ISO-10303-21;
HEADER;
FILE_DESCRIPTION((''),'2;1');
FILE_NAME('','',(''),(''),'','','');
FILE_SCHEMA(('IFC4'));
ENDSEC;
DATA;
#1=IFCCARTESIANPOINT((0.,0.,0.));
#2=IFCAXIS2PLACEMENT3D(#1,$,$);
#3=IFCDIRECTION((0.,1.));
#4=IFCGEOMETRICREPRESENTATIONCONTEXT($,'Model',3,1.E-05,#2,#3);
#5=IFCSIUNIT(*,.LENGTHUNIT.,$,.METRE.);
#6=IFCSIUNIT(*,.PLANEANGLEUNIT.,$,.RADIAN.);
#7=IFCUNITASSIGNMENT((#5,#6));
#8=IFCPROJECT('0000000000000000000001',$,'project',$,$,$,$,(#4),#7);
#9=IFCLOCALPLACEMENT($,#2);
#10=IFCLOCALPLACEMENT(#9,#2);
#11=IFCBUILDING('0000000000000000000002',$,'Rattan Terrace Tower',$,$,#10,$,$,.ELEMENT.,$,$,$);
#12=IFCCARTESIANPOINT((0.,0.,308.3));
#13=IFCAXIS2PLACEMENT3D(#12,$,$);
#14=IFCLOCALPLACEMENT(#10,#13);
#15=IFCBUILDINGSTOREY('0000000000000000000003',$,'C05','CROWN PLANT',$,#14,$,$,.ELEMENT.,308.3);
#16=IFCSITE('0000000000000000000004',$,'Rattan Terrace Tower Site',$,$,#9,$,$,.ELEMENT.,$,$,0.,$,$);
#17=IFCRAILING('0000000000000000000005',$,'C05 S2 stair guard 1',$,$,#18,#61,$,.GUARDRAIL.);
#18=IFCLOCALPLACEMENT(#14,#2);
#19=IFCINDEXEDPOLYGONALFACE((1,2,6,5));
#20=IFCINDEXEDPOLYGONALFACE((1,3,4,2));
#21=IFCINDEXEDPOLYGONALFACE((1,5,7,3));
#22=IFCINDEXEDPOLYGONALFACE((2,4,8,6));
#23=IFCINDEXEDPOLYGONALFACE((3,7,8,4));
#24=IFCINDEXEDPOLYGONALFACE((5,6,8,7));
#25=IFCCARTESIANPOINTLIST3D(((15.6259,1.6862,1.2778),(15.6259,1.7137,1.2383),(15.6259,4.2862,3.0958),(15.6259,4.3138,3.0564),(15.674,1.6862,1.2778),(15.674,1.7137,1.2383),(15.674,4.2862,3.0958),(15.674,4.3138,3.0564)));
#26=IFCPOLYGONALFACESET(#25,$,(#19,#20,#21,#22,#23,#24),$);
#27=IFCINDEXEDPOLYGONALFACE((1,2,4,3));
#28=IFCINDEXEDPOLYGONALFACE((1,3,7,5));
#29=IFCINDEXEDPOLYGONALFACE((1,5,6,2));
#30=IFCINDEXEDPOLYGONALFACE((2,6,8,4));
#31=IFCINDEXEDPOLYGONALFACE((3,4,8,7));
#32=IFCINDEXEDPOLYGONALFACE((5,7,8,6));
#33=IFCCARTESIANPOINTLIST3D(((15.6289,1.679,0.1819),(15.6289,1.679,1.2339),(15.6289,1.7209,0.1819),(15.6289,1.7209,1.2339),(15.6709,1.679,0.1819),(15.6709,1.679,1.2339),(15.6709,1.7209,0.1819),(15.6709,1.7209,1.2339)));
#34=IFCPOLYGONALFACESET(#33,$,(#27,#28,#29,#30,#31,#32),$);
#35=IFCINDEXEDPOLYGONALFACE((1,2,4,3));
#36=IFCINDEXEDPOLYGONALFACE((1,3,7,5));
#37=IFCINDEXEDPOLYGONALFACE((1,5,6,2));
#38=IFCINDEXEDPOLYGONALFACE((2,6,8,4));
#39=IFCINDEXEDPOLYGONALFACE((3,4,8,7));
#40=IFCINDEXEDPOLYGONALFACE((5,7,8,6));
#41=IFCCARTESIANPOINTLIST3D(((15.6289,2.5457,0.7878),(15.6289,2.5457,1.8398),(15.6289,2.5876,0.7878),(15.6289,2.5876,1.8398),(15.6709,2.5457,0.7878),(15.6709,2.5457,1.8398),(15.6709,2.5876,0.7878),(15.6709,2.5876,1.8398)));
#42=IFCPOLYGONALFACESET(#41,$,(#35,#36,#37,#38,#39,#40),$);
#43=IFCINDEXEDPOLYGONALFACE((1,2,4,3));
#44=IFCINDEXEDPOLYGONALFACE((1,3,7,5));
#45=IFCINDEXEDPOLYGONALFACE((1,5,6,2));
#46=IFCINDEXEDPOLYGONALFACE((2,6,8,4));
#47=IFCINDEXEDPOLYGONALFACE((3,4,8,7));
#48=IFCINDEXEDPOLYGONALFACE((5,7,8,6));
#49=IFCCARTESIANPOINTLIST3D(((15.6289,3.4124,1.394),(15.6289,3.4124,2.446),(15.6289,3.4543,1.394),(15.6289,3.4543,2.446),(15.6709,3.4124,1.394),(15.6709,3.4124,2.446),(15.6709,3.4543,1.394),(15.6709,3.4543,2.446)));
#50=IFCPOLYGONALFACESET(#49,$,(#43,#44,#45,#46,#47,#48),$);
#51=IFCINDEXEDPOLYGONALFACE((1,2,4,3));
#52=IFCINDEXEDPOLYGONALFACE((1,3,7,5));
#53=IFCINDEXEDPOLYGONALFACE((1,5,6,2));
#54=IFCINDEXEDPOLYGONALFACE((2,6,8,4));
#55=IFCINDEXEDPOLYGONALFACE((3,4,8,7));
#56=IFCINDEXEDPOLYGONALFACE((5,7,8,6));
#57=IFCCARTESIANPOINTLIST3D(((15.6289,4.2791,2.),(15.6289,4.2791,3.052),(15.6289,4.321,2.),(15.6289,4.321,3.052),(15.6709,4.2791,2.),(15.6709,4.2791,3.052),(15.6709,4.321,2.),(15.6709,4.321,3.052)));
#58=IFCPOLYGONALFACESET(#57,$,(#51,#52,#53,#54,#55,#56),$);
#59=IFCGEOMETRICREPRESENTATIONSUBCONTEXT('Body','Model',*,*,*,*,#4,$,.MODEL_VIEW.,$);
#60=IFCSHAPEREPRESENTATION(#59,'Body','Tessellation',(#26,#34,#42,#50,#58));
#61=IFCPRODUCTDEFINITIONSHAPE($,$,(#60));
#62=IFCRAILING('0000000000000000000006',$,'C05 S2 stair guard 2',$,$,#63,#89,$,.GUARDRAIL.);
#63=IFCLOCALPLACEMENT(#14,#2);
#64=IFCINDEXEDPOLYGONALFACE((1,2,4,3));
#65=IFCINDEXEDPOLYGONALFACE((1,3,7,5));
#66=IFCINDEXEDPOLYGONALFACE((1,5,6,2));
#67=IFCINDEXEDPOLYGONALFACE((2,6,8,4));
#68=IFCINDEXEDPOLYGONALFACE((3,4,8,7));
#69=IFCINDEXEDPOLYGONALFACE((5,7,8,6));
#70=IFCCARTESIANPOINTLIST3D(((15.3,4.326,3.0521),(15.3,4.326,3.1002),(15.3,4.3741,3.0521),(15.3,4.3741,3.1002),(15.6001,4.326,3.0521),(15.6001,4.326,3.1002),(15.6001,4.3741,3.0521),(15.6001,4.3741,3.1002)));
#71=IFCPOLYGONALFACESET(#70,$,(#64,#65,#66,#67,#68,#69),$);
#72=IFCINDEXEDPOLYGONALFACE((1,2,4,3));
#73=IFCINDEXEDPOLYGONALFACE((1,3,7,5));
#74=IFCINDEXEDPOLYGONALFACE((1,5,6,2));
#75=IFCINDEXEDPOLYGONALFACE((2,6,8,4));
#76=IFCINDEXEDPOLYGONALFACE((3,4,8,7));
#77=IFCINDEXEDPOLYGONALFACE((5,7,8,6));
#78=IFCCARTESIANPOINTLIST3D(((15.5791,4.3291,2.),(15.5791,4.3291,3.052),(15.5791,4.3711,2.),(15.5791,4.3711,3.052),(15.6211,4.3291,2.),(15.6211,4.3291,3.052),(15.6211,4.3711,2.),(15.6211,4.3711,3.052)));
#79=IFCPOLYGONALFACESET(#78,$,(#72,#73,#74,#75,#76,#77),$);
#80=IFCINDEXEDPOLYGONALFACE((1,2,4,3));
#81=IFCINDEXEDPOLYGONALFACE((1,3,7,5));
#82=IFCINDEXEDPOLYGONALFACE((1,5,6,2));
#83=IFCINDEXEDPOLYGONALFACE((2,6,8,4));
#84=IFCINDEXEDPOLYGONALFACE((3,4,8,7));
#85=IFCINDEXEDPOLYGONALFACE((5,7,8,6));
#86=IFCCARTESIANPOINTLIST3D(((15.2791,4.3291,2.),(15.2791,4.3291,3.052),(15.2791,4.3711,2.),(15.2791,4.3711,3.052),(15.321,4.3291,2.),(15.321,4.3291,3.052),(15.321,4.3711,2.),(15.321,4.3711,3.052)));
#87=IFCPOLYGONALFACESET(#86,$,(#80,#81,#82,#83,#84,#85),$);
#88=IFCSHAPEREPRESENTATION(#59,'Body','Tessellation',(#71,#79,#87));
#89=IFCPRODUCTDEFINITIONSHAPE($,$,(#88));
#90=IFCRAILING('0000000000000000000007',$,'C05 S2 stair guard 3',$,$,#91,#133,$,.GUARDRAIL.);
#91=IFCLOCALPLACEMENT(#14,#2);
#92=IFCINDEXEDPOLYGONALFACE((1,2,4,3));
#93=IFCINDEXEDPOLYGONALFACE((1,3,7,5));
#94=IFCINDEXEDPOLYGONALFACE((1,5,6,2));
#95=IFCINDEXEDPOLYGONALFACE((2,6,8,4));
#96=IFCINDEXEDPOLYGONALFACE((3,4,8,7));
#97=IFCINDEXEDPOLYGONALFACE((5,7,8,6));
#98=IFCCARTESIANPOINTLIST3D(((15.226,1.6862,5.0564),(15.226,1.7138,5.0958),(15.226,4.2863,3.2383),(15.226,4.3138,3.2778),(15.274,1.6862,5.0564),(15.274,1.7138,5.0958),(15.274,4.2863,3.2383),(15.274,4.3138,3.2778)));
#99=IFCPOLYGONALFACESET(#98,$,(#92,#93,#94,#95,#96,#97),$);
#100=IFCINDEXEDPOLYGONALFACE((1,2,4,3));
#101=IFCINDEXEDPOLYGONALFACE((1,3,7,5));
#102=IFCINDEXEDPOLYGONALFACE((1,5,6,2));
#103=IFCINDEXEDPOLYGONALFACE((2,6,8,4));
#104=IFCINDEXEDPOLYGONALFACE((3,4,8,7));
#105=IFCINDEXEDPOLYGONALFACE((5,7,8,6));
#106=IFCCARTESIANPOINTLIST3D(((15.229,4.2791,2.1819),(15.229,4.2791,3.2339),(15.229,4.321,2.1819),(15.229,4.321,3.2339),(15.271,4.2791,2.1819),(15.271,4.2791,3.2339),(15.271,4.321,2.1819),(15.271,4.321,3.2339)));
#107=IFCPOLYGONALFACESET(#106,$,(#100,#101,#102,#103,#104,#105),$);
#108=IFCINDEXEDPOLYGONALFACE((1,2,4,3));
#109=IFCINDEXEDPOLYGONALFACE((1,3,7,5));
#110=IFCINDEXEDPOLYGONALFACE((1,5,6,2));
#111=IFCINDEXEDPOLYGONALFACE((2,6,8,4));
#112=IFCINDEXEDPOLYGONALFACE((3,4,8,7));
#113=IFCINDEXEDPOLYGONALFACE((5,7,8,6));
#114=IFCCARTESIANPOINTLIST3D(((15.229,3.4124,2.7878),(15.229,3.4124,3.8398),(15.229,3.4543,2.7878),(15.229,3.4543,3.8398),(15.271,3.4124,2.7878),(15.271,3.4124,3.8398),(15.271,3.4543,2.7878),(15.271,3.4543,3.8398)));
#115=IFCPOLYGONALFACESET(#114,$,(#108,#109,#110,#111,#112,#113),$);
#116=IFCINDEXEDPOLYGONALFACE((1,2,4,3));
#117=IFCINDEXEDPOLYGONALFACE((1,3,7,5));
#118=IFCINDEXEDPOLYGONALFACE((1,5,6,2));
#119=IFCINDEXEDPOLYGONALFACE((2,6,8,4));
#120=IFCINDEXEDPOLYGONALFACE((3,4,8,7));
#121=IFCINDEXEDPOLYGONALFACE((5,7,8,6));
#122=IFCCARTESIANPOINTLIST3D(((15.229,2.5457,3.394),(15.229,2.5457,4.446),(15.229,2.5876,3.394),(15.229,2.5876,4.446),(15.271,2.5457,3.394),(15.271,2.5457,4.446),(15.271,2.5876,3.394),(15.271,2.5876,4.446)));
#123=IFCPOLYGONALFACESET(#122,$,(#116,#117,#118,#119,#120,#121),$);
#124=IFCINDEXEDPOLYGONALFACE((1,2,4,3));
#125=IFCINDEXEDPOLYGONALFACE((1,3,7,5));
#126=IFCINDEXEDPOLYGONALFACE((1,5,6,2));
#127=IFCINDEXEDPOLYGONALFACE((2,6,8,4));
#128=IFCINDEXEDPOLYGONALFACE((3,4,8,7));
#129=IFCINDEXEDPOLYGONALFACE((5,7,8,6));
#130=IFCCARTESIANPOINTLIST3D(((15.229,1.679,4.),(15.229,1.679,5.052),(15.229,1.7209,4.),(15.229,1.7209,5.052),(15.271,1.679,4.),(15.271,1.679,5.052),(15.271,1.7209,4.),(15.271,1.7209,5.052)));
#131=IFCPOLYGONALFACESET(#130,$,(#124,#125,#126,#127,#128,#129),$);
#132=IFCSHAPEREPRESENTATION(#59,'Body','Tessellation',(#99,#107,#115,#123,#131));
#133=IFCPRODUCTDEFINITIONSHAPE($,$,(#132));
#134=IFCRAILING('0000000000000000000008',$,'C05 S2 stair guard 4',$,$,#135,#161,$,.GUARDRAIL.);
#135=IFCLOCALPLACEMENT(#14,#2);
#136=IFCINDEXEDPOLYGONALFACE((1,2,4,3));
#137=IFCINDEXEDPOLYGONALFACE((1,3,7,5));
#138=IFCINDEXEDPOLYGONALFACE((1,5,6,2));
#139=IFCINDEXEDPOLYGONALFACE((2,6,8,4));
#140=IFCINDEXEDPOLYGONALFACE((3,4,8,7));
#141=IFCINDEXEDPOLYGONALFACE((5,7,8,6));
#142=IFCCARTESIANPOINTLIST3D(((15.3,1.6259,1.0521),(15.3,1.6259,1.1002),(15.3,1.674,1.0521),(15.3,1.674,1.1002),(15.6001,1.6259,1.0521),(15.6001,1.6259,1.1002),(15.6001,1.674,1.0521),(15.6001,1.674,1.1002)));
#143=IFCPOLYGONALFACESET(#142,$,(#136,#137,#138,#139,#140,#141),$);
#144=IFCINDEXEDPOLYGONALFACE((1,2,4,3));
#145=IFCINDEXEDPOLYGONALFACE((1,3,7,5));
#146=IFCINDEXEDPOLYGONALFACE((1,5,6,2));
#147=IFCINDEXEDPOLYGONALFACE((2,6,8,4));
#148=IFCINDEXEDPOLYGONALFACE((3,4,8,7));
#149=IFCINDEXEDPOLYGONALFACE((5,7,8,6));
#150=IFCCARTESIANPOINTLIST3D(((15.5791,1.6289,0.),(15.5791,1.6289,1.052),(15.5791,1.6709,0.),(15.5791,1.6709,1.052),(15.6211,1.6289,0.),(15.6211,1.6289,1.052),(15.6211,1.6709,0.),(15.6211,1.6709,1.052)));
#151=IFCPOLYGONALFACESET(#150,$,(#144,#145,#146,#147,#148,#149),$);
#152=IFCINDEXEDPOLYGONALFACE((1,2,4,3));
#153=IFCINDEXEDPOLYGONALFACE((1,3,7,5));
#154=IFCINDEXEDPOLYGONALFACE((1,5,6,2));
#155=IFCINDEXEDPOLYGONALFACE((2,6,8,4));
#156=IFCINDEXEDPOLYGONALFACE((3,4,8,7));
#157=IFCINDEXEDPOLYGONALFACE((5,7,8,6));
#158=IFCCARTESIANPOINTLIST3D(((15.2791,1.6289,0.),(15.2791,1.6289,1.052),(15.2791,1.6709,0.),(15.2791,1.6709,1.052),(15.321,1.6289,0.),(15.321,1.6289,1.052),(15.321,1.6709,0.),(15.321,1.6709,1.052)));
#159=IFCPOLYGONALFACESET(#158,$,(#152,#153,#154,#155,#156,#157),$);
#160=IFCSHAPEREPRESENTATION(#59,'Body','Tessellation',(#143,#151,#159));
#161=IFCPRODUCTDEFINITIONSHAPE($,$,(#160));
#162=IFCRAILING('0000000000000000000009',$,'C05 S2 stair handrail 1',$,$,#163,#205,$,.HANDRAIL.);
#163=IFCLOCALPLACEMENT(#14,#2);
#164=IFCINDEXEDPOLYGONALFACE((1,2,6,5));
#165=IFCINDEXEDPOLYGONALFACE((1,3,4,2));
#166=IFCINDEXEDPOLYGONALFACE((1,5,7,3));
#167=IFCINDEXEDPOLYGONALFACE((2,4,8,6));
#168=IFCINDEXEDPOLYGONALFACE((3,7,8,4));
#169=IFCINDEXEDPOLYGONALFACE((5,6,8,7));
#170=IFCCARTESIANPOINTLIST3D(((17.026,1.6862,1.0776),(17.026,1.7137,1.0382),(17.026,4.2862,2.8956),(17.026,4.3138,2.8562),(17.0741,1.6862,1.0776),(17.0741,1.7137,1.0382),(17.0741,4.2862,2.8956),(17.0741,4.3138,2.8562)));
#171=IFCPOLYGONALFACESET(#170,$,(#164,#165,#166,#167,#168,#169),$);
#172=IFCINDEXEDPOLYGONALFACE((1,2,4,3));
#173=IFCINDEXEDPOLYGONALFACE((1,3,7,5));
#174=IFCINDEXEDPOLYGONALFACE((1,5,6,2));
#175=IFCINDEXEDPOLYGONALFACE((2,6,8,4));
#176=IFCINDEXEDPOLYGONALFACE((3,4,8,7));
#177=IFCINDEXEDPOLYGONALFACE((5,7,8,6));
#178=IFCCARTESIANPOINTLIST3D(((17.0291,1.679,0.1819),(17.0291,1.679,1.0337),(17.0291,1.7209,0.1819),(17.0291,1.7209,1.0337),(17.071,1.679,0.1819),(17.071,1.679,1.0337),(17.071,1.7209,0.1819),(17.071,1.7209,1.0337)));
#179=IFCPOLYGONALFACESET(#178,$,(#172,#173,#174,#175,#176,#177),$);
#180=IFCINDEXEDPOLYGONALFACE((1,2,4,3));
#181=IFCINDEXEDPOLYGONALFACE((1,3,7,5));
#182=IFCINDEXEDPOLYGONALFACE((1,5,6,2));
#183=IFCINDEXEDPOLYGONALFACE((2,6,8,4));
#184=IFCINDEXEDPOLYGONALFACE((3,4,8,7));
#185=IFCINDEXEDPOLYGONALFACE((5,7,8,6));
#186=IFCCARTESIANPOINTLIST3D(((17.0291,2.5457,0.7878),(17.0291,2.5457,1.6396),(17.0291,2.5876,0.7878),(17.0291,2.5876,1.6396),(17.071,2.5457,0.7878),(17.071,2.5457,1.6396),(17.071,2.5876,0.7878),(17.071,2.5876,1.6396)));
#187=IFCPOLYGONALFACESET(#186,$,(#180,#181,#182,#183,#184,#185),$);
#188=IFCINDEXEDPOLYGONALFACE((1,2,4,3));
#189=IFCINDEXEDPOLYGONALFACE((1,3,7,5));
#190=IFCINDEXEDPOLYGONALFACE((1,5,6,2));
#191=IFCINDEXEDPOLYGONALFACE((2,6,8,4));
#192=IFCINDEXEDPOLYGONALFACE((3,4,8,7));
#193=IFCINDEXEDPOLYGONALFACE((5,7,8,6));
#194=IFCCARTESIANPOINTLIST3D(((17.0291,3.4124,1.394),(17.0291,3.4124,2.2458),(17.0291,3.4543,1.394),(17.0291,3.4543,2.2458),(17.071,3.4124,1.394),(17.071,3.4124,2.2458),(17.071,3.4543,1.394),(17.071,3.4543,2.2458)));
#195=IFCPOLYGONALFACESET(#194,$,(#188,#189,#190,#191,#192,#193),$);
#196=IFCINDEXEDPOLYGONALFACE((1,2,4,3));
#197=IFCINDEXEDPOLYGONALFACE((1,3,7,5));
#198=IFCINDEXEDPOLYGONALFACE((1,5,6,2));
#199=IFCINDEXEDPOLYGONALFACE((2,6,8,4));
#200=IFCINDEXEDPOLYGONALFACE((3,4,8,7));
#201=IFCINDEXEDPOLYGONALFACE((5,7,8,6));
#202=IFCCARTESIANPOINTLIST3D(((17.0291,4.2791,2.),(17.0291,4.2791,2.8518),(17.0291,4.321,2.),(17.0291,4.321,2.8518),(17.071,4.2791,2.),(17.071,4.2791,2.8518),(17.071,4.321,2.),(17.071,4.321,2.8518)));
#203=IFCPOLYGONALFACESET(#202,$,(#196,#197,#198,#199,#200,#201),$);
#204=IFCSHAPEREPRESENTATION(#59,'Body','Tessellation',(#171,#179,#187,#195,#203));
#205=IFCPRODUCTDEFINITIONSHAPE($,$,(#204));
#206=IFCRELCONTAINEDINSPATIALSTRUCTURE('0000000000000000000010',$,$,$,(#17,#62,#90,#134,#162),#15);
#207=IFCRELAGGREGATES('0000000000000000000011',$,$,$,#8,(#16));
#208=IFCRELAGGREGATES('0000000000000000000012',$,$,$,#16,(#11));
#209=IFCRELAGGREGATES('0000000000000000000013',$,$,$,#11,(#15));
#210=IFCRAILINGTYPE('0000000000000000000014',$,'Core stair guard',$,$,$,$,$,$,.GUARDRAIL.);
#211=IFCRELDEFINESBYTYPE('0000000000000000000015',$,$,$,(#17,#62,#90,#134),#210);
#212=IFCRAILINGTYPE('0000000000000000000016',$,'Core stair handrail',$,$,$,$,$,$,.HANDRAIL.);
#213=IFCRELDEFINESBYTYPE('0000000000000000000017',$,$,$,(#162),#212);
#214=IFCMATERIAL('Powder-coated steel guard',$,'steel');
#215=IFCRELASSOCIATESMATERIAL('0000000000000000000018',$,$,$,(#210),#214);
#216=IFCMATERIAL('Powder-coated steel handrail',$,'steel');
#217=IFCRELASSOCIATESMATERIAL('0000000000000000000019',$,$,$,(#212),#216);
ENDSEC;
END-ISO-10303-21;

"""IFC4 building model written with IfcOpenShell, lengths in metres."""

from ifc_helpers import new_model, si_unit, direction, frame, origin, origin_2d, place, context, subcontext, project, spatial, rectangle, extrude, material, type_object, element, save


model = new_model("IFC4")

# Units and contexts
model_context = context("Model", 3, precision=1e-05, world=origin(), true_north=direction((0.0, 1.0)))
body_context = subcontext(model_context, "Body", "Model", "MODEL_VIEW")
ifc_project = project(units=[si_unit("LENGTHUNIT", "METRE"), si_unit("PLANEANGLEUNIT", "RADIAN")], contexts=[model_context])

# Site, building, storey
site_placement = place(None, origin())
site = spatial("IfcSite", under=ifc_project, at=site_placement, Name="Rattan Terrace Tower Site", CompositionType="ELEMENT", RefElevation=0.0)
building_placement = place(site_placement, origin())
building = spatial("IfcBuilding", under=site, at=building_placement, Name="Rattan Terrace Tower", CompositionType="ELEMENT")
storey_placement = place(building_placement, frame((0.0, 0.0, 308.3)))
storey = spatial("IfcBuildingStorey", under=building, at=storey_placement, Name="C05", Description="CROWN PLANT", CompositionType="ELEMENT", Elevation=308.3)

# Railings
ifc_material_1 = material(Name="Powder-coated steel guard", Category="steel")
railing_type_1 = type_object("IfcRailingType", Name="Core stair guard", PredefinedType="GUARDRAIL", material=ifc_material_1)
railing_1_placement = place(storey_placement, frame((15.6499, 1.7, 0.1819)))
element("IfcRailing", 1, at=railing_1_placement, inside=storey, type_object=railing_type_1, Name="C05 S2 stair guard 1", PredefinedType="GUARDRAIL", context=body_context, shape_type="SweptSolid", body=[
    extrude(rectangle(XDim=0.0481, YDim=0.0481, at=origin_2d()), frame((0.0, 0.0, 1.0762), z_axis=(0.0, 0.819521, 0.573049), x_axis=(-1.0, 0.0, 0.0)), (0.0, 0.0, 1.0), 3.1726),
    extrude(rectangle(XDim=0.042, YDim=0.042, at=origin_2d()), origin(), (0.0, 0.0, 1.0), 1.052),
    extrude(rectangle(XDim=0.042, YDim=0.042, at=origin_2d()), frame((0.0, 0.8667, 0.606)), (0.0, 0.0, 1.0), 1.052),
    extrude(rectangle(XDim=0.042, YDim=0.042, at=origin_2d()), frame((0.0, 1.7334, 1.2122)), (0.0, 0.0, 1.0), 1.052),
    extrude(rectangle(XDim=0.042, YDim=0.042, at=origin_2d()), frame((0.0, 2.6001, 1.8181)), (0.0, 0.0, 1.0), 1.052),
])
railing_2_placement = place(storey_placement, frame((15.6001, 4.3501, 2.0)))
element("IfcRailing", 2, at=railing_2_placement, inside=storey, type_object=railing_type_1, Name="C05 S2 stair guard 2", PredefinedType="GUARDRAIL", context=body_context, shape_type="SweptSolid", body=[
    extrude(rectangle(XDim=0.0481, YDim=0.0481, at=origin_2d()), frame((0.0, 0.0, 1.0762), z_axis=(-1.0, 0.0, 0.0), x_axis=(0.0, -1.0, 0.0)), (0.0, 0.0, 1.0), 0.3),
    extrude(rectangle(XDim=0.042, YDim=0.042, at=origin_2d()), origin(), (0.0, 0.0, 1.0), 1.052),
    extrude(rectangle(XDim=0.042, YDim=0.042, at=origin_2d()), frame((-0.3, 0.0, 0.0)), (0.0, 0.0, 1.0), 1.052),
])
railing_3_placement = place(storey_placement, frame((15.25, 4.3, 2.1819)))
element("IfcRailing", 3, at=railing_3_placement, inside=storey, type_object=railing_type_1, Name="C05 S2 stair guard 3", PredefinedType="GUARDRAIL", context=body_context, shape_type="SweptSolid", body=[
    extrude(rectangle(XDim=0.0481, YDim=0.0481, at=origin_2d()), frame((0.0, 0.0, 1.0762), z_axis=(0.0, -0.819521, 0.573049), x_axis=(1.0, 0.0, 0.0)), (0.0, 0.0, 1.0), 3.1726),
    extrude(rectangle(XDim=0.042, YDim=0.042, at=origin_2d()), origin(), (0.0, 0.0, 1.0), 1.052),
    extrude(rectangle(XDim=0.042, YDim=0.042, at=origin_2d()), frame((0.0, -0.8667, 0.606)), (0.0, 0.0, 1.0), 1.052),
    extrude(rectangle(XDim=0.042, YDim=0.042, at=origin_2d()), frame((0.0, -1.7334, 1.2122)), (0.0, 0.0, 1.0), 1.052),
    extrude(rectangle(XDim=0.042, YDim=0.042, at=origin_2d()), frame((0.0, -2.6001, 1.8181)), (0.0, 0.0, 1.0), 1.052),
])
railing_4_placement = place(storey_placement, frame((15.6001, 1.6499, 0.0)))
element("IfcRailing", 4, at=railing_4_placement, inside=storey, type_object=railing_type_1, Name="C05 S2 stair guard 4", PredefinedType="GUARDRAIL", context=body_context, shape_type="SweptSolid", body=[
    extrude(rectangle(XDim=0.0481, YDim=0.0481, at=origin_2d()), frame((0.0, 0.0, 1.0762), z_axis=(-1.0, 0.0, 0.0), x_axis=(0.0, -1.0, 0.0)), (0.0, 0.0, 1.0), 0.3),
    extrude(rectangle(XDim=0.042, YDim=0.042, at=origin_2d()), origin(), (0.0, 0.0, 1.0), 1.052),
    extrude(rectangle(XDim=0.042, YDim=0.042, at=origin_2d()), frame((-0.3, 0.0, 0.0)), (0.0, 0.0, 1.0), 1.052),
])
ifc_material_2 = material(Name="Powder-coated steel handrail", Category="steel")
railing_type_2 = type_object("IfcRailingType", Name="Core stair handrail", PredefinedType="HANDRAIL", material=ifc_material_2)
railing_5_placement = place(storey_placement, frame((17.05, 1.7, 0.1819)))
element("IfcRailing", 5, at=railing_5_placement, inside=storey, type_object=railing_type_2, Name="C05 S2 stair handrail 1", PredefinedType="HANDRAIL", context=body_context, shape_type="SweptSolid", body=[
    extrude(rectangle(XDim=0.0481, YDim=0.0481, at=origin_2d()), frame((0.0, 0.0, 0.876), z_axis=(0.0, 0.819521, 0.573049), x_axis=(-1.0, 0.0, 0.0)), (0.0, 0.0, 1.0), 3.1726),
    extrude(rectangle(XDim=0.042, YDim=0.042, at=origin_2d()), origin(), (0.0, 0.0, 1.0), 0.8518),
    extrude(rectangle(XDim=0.042, YDim=0.042, at=origin_2d()), frame((0.0, 0.8667, 0.606)), (0.0, 0.0, 1.0), 0.8518),
    extrude(rectangle(XDim=0.042, YDim=0.042, at=origin_2d()), frame((0.0, 1.7334, 1.2122)), (0.0, 0.0, 1.0), 0.8518),
    extrude(rectangle(XDim=0.042, YDim=0.042, at=origin_2d()), frame((0.0, 2.6001, 1.8181)), (0.0, 0.0, 1.0), 0.8518),
])

save(model, "model.ifc")
